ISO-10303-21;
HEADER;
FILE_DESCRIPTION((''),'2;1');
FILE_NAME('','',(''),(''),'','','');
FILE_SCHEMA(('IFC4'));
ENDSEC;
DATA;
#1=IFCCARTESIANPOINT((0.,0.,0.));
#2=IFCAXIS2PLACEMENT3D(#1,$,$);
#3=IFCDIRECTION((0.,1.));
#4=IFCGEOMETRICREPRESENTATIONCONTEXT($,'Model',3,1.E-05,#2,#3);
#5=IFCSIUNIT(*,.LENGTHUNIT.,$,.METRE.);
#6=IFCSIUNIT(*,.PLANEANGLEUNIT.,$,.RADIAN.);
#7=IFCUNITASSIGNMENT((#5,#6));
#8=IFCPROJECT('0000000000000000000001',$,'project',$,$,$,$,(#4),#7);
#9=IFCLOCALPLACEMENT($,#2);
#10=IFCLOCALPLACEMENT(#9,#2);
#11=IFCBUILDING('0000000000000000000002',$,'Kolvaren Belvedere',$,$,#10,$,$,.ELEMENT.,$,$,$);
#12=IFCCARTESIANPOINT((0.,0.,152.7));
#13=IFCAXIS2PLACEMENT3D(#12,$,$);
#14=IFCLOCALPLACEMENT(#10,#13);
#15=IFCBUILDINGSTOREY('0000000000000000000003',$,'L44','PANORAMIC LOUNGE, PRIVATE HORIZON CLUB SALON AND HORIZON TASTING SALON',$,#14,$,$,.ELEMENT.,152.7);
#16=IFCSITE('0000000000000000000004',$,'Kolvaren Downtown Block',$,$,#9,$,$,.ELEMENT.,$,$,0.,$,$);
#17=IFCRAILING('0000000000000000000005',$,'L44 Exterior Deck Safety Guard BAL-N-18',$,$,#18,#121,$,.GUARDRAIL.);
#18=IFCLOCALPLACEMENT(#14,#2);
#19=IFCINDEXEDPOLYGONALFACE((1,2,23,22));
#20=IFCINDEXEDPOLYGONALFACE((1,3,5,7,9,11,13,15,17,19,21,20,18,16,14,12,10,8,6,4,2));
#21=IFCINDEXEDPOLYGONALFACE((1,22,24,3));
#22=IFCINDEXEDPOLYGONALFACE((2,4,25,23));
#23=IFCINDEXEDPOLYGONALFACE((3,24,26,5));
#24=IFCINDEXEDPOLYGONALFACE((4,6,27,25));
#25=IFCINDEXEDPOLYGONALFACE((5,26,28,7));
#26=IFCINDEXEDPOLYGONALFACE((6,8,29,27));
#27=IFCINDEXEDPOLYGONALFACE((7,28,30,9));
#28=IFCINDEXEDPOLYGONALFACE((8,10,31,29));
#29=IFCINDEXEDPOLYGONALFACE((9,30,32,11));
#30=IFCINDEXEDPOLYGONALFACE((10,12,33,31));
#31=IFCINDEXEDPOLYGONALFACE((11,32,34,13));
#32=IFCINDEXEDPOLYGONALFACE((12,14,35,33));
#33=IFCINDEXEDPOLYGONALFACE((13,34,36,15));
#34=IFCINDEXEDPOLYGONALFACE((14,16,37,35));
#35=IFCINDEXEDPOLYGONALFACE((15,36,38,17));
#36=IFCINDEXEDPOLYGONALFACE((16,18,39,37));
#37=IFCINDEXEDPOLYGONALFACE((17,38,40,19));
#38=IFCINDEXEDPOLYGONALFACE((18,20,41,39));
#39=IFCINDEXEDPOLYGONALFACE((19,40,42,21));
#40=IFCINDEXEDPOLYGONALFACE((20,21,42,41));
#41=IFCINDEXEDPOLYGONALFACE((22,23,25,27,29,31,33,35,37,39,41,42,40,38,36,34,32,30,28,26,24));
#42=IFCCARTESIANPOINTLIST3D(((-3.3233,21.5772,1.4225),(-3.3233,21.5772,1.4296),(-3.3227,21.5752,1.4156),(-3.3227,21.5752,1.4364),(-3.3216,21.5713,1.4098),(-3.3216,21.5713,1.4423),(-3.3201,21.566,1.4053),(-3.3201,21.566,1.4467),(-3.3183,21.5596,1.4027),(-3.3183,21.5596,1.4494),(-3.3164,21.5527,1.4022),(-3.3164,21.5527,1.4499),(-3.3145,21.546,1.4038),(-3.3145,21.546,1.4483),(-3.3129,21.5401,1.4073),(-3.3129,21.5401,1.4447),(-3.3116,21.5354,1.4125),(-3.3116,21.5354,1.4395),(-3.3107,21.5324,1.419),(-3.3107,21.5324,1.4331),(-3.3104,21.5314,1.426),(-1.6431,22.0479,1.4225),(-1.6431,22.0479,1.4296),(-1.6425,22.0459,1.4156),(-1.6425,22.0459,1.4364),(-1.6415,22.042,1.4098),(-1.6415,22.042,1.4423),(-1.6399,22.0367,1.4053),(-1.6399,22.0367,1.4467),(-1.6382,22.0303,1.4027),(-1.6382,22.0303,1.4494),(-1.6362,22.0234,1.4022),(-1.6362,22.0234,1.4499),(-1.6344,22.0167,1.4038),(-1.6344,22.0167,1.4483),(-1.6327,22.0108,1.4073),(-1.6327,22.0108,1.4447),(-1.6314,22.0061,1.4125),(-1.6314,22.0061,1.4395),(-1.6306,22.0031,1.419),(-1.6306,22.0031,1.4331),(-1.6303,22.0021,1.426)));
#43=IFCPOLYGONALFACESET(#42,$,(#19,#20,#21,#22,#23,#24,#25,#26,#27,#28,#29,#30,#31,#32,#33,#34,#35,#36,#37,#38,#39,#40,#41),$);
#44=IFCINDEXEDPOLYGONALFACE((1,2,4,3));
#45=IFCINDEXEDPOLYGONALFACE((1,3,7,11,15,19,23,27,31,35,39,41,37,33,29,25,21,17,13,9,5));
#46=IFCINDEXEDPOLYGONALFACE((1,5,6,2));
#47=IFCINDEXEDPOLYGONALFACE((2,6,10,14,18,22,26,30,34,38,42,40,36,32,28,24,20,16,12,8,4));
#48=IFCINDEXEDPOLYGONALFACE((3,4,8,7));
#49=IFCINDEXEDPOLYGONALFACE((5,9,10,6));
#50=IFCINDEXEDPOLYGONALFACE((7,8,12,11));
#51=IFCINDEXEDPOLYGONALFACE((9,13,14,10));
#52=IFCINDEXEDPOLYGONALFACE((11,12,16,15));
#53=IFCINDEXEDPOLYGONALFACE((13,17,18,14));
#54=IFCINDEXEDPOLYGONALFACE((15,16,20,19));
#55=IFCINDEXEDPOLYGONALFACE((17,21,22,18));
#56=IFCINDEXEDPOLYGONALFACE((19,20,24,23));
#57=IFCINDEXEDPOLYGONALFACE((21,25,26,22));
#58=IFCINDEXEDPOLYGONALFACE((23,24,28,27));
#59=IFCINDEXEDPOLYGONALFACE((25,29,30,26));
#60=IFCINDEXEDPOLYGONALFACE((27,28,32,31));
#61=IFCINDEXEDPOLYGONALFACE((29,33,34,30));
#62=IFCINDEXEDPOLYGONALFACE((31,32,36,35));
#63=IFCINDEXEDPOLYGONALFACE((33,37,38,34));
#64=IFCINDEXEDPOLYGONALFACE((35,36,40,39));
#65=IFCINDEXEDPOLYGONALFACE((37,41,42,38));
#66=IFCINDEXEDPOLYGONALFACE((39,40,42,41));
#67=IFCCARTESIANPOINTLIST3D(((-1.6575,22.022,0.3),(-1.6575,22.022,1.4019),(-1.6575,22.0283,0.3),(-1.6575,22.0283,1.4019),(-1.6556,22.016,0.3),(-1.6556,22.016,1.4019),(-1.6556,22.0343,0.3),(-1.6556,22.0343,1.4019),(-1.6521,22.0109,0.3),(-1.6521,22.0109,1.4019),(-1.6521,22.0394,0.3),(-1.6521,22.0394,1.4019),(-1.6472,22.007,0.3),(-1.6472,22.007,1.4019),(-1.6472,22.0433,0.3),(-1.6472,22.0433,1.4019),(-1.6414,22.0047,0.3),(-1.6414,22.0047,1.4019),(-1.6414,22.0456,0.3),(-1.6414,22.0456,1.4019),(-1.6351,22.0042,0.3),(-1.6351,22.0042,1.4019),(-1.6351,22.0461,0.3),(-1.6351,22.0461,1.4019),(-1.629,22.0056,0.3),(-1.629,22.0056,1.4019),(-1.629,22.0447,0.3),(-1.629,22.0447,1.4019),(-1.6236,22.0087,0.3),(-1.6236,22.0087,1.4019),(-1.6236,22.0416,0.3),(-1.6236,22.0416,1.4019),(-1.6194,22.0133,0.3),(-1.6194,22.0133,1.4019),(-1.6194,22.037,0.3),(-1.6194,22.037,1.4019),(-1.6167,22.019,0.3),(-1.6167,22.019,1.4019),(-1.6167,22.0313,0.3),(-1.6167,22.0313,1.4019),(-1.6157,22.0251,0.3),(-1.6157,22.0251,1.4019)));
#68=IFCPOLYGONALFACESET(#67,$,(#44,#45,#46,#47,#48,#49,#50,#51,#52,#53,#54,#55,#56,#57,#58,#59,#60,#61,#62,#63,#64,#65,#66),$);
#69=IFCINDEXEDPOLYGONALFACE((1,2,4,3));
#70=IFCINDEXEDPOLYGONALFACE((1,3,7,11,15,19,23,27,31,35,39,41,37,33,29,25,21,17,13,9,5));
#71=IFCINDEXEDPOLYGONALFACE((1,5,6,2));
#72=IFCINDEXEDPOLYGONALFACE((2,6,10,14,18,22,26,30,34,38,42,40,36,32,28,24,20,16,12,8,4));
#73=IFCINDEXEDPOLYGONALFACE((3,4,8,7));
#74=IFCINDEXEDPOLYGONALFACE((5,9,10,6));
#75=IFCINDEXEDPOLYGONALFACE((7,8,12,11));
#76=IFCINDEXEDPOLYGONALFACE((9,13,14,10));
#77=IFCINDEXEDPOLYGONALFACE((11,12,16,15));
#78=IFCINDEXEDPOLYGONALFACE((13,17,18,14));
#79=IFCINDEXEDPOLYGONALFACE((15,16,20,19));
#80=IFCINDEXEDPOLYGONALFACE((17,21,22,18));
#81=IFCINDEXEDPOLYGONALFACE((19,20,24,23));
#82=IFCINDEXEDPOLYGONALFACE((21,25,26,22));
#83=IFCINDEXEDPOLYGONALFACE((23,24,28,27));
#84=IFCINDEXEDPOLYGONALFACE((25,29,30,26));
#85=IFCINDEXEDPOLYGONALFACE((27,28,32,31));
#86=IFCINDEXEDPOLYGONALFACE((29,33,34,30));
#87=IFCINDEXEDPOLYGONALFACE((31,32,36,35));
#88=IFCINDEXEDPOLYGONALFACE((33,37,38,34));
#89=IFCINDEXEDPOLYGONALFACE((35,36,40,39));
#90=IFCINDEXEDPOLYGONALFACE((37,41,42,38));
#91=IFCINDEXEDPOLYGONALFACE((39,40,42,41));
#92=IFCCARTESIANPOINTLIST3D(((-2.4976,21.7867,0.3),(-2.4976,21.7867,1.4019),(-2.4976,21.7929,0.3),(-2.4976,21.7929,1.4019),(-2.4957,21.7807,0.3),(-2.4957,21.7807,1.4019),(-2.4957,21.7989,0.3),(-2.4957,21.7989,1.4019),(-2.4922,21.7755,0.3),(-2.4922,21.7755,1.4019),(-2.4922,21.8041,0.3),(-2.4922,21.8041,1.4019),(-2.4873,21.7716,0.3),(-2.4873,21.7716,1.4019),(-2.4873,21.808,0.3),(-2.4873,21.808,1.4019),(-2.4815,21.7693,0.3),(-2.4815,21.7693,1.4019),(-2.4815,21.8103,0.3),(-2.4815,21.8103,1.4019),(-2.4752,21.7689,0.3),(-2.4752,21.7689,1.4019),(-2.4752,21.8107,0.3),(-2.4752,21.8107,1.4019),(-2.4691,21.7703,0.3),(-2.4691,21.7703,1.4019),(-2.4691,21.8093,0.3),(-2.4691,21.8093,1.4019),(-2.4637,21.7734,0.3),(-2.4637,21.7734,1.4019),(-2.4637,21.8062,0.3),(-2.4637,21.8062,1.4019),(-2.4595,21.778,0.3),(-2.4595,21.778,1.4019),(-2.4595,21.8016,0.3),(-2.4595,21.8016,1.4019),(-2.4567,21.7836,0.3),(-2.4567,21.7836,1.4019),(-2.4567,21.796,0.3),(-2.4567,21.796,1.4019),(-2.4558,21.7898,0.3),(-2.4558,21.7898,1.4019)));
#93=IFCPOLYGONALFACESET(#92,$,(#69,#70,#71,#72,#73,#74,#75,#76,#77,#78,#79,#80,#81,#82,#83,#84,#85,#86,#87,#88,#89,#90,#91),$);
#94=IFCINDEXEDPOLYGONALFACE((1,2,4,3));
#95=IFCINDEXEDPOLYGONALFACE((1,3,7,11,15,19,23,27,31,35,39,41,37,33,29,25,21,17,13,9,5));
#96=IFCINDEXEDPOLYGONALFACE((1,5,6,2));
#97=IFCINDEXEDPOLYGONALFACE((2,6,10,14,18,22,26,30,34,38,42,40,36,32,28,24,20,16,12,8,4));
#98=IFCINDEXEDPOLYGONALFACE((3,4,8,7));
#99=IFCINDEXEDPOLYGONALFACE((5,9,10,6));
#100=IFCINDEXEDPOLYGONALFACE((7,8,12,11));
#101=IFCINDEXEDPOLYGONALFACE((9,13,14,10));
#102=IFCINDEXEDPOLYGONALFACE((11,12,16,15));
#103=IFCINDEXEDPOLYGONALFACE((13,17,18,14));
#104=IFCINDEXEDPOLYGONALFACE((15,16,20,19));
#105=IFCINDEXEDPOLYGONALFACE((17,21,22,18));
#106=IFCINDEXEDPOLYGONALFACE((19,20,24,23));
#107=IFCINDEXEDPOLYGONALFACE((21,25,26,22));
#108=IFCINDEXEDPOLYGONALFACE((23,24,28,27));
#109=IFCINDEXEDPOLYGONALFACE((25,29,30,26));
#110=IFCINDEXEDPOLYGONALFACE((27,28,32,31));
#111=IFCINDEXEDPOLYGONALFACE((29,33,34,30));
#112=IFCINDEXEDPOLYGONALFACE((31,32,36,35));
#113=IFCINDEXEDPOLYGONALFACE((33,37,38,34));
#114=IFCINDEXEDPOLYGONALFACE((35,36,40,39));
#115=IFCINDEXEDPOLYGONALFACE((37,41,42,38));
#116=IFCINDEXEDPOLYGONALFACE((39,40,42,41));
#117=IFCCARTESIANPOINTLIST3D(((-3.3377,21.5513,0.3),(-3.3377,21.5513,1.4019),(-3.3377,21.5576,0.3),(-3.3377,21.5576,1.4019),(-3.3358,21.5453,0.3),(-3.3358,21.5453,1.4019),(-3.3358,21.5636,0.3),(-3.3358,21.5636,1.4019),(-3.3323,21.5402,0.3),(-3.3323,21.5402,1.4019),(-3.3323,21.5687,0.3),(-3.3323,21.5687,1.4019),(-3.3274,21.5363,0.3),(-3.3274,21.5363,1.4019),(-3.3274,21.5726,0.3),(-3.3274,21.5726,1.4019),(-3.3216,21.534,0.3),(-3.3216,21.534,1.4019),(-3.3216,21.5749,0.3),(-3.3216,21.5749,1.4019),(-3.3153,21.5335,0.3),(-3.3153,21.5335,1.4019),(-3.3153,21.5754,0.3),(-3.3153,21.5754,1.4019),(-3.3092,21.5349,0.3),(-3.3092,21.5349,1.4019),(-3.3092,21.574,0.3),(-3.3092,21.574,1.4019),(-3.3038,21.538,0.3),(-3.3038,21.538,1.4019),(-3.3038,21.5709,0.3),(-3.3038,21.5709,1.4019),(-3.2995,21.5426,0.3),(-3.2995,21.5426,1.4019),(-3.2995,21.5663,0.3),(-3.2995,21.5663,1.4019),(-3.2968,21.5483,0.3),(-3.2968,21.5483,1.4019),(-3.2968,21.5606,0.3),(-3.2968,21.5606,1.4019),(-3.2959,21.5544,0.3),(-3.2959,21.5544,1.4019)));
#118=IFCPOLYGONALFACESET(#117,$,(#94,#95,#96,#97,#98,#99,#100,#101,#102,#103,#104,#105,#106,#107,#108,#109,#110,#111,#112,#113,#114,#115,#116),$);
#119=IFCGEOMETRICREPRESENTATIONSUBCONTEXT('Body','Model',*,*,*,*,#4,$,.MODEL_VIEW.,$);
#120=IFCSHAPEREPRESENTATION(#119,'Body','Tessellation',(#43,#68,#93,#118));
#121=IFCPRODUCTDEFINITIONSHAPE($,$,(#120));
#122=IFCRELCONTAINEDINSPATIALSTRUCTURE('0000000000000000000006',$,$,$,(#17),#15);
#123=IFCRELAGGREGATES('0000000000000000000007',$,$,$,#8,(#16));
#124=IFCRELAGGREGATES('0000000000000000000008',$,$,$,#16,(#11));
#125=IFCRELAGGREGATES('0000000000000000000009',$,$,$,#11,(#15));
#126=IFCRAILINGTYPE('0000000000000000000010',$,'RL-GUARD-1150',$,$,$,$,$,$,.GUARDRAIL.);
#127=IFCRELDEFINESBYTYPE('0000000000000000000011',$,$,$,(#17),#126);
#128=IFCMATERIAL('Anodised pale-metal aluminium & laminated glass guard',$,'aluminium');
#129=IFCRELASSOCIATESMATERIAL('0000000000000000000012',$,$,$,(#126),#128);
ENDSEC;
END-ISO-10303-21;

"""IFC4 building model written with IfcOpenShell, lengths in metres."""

from ifc_helpers import new_model, si_unit, direction, frame, origin, origin_2d, place, context, subcontext, project, spatial, circle, extrude, material, type_object, element, save


model = new_model("IFC4")

# Units and contexts
model_context = context("Model", 3, precision=1e-05, world=origin(), true_north=direction((0.0, 1.0)))
body_context = subcontext(model_context, "Body", "Model", "MODEL_VIEW")
ifc_project = project(units=[si_unit("LENGTHUNIT", "METRE"), si_unit("PLANEANGLEUNIT", "RADIAN")], contexts=[model_context])

# Site, building, storey
site_placement = place(None, origin())
site = spatial("IfcSite", under=ifc_project, at=site_placement, Name="Kolvaren Downtown Block", CompositionType="ELEMENT", RefElevation=0.0)
building_placement = place(site_placement, origin())
building = spatial("IfcBuilding", under=site, at=building_placement, Name="Kolvaren Belvedere", CompositionType="ELEMENT")
storey_placement = place(building_placement, frame((0.0, 0.0, 152.7)))
storey = spatial("IfcBuildingStorey", under=building, at=storey_placement, Name="L44", Description="PANORAMIC LOUNGE, PRIVATE HORIZON CLUB SALON AND HORIZON TASTING SALON", CompositionType="ELEMENT", Elevation=152.7)

# Railing
ifc_material_1 = material(Name="Anodised pale-metal aluminium & laminated glass guard", Category="aluminium")
railing_type = type_object("IfcRailingType", Name="RL-GUARD-1150", PredefinedType="GUARDRAIL", material=ifc_material_1)
railing_1_placement = place(storey_placement, frame((-1.6367, 22.0251, 0.3)))
element("IfcRailing", 1, at=railing_1_placement, inside=storey, type_object=railing_type, Name="L44 Exterior Deck Safety Guard BAL-N-18", PredefinedType="GUARDRAIL", context=body_context, shape_type="SweptSolid", body=[
    extrude(circle(Radius=0.0239, at=origin_2d()), frame((0.0, 0.0, 1.126), z_axis=(-0.962926, -0.269765, 0.0), x_axis=(0.269765, -0.962926, 0.0)), (0.0, 0.0, 1.0), 1.7449),
    extrude(circle(Radius=0.021, at=origin_2d()), origin(), (0.0, 0.0, 1.0), 1.1018),
    extrude(circle(Radius=0.021, at=origin_2d()), frame((-0.8401, -0.2354, 0.0)), (0.0, 0.0, 1.0), 1.1018),
    extrude(circle(Radius=0.021, at=origin_2d()), frame((-1.6802, -0.4707, 0.0)), (0.0, 0.0, 1.0), 1.1018),
])

save(model, "model.ifc")
